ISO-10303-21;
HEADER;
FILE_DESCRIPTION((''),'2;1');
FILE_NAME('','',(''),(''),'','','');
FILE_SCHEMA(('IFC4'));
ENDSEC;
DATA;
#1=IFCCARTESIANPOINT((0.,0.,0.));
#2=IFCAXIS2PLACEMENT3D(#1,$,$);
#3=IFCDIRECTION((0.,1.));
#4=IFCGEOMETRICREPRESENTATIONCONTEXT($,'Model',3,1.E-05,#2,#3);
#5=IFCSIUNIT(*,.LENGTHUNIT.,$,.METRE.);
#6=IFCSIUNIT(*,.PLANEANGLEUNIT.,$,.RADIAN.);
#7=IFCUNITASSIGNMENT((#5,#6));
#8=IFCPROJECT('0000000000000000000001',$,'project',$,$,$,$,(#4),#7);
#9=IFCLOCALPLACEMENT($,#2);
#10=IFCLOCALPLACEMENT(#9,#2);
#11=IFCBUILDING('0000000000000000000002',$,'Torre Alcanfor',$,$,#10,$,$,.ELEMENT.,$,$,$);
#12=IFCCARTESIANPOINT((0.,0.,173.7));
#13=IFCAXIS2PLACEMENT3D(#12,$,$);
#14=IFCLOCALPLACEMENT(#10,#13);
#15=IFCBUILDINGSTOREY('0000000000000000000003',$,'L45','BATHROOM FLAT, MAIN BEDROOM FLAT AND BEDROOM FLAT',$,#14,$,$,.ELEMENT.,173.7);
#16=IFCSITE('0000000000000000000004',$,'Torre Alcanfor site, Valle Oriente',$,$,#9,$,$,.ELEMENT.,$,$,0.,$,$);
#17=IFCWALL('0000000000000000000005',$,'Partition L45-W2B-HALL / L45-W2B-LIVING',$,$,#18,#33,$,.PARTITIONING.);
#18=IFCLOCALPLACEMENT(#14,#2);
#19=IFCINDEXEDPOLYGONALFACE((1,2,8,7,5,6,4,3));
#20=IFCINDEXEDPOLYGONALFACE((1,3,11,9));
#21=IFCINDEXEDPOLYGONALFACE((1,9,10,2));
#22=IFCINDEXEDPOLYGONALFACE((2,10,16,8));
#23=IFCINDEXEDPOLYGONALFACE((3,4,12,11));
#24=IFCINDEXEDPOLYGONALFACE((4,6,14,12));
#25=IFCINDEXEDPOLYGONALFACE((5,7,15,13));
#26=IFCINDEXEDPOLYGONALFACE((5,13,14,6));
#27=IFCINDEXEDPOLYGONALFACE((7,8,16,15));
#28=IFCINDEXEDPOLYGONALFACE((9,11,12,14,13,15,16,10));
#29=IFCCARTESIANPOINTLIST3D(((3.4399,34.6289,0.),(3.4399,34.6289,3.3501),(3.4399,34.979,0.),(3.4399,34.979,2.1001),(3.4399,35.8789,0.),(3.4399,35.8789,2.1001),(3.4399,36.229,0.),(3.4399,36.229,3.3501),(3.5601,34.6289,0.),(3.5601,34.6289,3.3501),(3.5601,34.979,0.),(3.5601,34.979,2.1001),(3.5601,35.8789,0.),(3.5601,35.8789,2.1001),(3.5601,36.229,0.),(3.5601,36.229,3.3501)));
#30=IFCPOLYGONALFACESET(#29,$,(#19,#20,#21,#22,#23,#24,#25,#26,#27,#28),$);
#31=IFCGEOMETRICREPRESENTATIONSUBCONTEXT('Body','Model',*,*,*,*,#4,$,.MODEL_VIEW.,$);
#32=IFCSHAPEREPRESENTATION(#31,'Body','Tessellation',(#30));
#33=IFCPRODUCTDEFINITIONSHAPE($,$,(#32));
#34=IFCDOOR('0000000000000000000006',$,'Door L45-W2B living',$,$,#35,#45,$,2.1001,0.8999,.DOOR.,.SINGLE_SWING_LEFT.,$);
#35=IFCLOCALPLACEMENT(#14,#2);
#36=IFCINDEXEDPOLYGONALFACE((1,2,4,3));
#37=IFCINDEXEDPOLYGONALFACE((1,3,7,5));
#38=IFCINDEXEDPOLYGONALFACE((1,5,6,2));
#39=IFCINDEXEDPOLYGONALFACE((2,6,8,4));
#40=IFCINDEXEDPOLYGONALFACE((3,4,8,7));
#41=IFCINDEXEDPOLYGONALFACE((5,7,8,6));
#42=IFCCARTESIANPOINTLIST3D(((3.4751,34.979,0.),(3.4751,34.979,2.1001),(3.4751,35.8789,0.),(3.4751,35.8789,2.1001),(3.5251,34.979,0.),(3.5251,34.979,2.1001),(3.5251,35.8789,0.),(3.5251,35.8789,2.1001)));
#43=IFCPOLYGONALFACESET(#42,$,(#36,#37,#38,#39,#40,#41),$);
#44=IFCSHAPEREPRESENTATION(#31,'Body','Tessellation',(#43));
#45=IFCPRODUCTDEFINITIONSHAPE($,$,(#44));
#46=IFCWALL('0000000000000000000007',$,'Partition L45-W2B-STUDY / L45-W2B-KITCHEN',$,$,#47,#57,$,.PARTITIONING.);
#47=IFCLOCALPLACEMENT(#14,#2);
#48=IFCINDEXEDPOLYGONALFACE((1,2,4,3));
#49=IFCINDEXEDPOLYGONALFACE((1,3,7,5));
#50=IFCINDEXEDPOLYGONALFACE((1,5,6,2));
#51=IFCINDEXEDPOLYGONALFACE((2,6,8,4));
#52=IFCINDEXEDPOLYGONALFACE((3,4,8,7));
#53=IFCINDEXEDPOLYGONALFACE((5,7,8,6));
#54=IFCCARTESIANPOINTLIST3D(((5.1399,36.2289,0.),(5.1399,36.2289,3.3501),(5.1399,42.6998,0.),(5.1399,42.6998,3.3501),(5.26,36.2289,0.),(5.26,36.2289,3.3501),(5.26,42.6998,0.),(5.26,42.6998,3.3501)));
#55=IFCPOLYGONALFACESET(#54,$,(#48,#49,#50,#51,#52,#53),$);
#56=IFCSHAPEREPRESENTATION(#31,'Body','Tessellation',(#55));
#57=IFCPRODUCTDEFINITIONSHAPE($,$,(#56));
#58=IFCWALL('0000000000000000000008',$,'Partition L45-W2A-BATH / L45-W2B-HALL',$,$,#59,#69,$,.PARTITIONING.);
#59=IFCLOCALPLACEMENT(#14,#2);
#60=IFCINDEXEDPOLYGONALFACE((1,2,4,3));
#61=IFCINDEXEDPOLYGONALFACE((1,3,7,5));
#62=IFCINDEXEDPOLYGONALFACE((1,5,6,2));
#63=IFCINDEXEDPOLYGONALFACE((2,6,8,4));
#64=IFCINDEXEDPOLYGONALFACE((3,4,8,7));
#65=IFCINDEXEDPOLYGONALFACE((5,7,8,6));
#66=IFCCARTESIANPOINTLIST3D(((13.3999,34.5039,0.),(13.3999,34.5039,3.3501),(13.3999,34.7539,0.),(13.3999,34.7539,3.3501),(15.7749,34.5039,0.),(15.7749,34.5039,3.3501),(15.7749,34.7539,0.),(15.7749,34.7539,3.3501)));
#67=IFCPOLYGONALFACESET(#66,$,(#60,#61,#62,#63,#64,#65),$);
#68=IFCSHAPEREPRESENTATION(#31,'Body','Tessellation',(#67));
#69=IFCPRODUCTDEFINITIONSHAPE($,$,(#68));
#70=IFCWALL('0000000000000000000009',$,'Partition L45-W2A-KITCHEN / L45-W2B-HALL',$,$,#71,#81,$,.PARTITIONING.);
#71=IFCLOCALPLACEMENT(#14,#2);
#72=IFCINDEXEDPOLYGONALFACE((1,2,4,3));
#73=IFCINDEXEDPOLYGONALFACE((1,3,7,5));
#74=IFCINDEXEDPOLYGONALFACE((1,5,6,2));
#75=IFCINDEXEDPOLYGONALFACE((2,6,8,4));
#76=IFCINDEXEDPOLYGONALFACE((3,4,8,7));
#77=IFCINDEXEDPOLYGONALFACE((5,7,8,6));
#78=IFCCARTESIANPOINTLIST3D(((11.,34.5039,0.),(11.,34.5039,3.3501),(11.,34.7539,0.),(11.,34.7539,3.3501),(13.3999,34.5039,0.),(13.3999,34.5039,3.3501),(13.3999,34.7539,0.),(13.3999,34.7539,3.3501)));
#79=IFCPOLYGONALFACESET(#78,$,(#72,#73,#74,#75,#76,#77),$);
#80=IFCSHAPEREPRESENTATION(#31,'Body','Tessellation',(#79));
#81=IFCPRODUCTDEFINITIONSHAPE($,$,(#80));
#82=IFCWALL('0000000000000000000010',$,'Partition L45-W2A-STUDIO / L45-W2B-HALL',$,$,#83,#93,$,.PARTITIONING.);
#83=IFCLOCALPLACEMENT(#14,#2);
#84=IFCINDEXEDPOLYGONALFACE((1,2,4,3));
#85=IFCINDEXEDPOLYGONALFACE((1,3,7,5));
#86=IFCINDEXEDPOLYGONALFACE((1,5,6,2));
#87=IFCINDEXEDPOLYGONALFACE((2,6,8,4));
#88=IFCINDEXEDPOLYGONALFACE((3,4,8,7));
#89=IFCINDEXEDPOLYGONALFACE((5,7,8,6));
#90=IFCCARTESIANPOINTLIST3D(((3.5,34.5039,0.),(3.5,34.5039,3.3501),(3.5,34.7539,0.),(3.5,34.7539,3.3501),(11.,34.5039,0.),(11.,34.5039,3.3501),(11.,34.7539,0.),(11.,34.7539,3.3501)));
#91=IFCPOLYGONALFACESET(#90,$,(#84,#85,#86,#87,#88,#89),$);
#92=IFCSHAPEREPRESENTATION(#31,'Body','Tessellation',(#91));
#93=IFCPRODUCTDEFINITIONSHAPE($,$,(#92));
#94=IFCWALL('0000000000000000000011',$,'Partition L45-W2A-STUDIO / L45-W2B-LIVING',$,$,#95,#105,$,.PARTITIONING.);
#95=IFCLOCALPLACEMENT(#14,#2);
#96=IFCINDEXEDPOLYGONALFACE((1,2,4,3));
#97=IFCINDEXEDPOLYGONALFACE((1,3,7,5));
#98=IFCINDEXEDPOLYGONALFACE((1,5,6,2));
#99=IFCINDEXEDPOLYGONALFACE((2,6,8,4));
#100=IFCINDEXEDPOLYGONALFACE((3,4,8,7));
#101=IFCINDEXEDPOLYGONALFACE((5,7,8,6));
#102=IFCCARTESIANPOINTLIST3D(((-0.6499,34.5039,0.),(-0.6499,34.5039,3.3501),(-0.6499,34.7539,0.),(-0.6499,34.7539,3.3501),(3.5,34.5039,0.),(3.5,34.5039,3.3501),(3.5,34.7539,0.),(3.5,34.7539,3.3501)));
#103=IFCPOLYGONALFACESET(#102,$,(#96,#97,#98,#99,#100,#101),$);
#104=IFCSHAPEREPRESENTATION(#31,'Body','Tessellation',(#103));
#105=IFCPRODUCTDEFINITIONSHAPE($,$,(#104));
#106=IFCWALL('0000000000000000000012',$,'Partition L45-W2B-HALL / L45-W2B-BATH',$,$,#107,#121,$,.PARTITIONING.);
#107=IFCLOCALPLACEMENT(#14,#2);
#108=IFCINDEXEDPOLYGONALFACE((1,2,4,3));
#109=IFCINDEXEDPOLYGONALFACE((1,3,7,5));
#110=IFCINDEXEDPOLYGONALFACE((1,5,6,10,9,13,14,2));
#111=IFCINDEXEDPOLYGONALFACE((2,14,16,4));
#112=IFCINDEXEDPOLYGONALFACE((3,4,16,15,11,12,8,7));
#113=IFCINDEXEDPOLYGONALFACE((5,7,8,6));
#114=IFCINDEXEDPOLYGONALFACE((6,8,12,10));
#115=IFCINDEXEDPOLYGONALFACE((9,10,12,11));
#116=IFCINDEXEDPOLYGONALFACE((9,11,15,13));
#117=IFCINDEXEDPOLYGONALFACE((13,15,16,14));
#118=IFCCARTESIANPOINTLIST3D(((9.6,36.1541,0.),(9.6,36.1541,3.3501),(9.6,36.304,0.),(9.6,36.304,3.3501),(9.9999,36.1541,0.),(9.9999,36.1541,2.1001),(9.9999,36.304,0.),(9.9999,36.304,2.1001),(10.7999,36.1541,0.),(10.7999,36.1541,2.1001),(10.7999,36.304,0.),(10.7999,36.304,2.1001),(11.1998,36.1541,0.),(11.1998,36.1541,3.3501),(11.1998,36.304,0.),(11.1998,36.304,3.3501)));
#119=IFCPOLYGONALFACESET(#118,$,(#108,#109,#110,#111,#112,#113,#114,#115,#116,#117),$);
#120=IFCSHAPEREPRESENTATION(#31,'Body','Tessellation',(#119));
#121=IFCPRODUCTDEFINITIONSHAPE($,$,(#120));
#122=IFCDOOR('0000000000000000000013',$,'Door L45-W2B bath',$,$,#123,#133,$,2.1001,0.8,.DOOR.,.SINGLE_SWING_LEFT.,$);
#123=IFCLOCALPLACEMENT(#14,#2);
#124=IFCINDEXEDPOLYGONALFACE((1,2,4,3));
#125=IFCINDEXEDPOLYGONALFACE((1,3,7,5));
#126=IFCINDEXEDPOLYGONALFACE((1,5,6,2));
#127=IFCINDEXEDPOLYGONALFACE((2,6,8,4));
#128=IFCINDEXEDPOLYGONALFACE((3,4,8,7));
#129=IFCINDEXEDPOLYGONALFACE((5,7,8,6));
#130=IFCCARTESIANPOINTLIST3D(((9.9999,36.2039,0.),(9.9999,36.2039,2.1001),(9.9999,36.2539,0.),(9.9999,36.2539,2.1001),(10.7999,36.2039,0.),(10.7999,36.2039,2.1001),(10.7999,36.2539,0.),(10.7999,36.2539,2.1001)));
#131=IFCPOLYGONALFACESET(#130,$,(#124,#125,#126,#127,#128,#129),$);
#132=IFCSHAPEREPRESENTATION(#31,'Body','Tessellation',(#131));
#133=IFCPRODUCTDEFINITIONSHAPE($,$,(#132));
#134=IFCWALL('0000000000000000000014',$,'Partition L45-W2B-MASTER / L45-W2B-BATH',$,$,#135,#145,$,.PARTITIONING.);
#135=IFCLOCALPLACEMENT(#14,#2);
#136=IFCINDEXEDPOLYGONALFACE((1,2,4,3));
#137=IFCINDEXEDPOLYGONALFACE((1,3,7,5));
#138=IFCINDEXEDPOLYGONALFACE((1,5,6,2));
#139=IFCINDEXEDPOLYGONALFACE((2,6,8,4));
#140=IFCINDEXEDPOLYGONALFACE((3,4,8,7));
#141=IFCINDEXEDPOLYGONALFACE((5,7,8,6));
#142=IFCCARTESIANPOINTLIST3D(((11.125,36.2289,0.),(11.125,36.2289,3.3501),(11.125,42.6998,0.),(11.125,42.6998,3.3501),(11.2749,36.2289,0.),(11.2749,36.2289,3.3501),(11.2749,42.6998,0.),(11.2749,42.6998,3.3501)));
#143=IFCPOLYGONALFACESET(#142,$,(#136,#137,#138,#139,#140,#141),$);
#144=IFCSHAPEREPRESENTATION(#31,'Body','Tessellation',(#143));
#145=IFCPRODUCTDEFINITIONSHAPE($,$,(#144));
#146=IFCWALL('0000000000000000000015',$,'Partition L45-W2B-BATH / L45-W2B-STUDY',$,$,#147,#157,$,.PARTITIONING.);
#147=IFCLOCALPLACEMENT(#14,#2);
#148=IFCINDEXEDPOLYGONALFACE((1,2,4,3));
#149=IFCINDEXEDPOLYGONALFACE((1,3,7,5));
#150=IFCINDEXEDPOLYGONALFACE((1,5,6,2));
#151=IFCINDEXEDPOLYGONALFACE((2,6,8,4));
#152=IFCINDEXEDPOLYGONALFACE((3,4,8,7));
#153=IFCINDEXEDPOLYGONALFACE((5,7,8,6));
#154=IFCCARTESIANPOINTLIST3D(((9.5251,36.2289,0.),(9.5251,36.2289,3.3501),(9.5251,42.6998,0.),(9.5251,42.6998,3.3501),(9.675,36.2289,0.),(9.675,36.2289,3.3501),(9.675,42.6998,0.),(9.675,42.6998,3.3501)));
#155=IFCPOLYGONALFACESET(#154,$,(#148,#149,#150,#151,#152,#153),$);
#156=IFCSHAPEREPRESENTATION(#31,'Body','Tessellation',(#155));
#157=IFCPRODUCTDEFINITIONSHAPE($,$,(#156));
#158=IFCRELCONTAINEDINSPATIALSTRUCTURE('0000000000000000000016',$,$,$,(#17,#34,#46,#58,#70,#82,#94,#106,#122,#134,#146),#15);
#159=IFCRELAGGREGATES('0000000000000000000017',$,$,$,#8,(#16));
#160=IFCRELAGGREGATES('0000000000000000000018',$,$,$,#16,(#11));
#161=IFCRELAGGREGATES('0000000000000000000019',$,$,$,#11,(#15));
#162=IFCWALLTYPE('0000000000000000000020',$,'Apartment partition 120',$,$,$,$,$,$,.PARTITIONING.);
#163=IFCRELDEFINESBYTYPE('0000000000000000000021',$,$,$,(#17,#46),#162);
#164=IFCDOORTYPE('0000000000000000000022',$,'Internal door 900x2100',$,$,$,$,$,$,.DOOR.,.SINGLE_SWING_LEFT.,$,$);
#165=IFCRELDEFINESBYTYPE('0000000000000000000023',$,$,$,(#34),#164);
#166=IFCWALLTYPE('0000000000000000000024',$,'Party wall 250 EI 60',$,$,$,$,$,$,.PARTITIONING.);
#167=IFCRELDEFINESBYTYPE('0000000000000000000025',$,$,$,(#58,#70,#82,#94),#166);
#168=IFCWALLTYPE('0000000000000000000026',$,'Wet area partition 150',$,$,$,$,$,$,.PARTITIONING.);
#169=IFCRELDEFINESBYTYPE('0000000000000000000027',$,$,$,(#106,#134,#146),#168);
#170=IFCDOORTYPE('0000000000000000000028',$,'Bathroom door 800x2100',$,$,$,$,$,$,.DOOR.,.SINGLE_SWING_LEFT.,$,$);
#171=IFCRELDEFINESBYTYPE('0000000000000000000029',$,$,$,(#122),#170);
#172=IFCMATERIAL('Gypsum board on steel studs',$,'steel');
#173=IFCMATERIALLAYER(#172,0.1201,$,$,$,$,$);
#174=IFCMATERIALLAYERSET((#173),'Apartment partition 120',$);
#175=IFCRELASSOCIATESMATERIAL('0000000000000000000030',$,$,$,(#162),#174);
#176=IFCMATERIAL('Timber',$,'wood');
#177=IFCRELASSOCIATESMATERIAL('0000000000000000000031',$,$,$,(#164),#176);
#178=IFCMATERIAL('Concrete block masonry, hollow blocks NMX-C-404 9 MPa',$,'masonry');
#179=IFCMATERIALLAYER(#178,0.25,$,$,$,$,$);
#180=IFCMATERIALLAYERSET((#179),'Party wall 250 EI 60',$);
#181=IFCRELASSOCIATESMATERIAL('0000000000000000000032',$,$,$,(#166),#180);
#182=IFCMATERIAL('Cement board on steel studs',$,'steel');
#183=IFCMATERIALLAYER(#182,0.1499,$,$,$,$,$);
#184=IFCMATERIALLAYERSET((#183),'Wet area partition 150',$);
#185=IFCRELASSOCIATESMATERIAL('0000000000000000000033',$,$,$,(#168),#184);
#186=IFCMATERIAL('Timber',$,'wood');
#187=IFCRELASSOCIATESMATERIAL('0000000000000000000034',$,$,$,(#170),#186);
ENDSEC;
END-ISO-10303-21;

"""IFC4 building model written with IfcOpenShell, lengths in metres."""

from ifc_helpers import new_model, si_unit, direction, frame, frame_2d, origin, place, context, subcontext, project, spatial, rectangle, extrude, material, layer, layer_set, type_object, element, fill, save


model = new_model("IFC4")

# Units and contexts
model_context = context("Model", 3, precision=1e-05, world=origin(), true_north=direction((0.0, 1.0)))
body_context = subcontext(model_context, "Body", "Model", "MODEL_VIEW")
ifc_project = project(units=[si_unit("LENGTHUNIT", "METRE"), si_unit("PLANEANGLEUNIT", "RADIAN")], contexts=[model_context])

# Site, building, storey
site_placement = place(None, origin())
site = spatial("IfcSite", under=ifc_project, at=site_placement, Name="Torre Alcanfor site, Valle Oriente", CompositionType="ELEMENT", RefElevation=0.0)
building_placement = place(site_placement, origin())
building = spatial("IfcBuilding", under=site, at=building_placement, Name="Torre Alcanfor", CompositionType="ELEMENT")
storey_placement = place(building_placement, frame((0.0, 0.0, 173.7)))
storey = spatial("IfcBuildingStorey", under=building, at=storey_placement, Name="L45", Description="BATHROOM FLAT, MAIN BEDROOM FLAT AND BEDROOM FLAT", CompositionType="ELEMENT", Elevation=173.7)

# Shared definitions
ifc_material_1 = material(Name="Gypsum board on steel studs", Category="steel")
ifc_layer_1 = layer(ifc_material_1, 0.1201)
ifc_layer_set_1 = layer_set([ifc_layer_1], Name="Apartment partition 120")
wall_type_1 = type_object("IfcWallType", Name="Apartment partition 120", PredefinedType="PARTITIONING", material=ifc_layer_set_1)
ifc_material_2 = material(Name="Timber", Category="wood")
door_type_1 = type_object("IfcDoorType", Name="Internal door 900x2100", OperationType="SINGLE_SWING_LEFT", PredefinedType="DOOR", material=ifc_material_2)

# Wall, opening, door
wall_1_placement = place(storey_placement, frame((3.5, 34.6289, 0.0), z_axis=(0.0, 0.0, 1.0), x_axis=(0.0, 1.0, 0.0)))
wall_1 = element("IfcWall", 1, at=wall_1_placement, inside=storey, type_object=wall_type_1, Name="Partition L45-W2B-HALL / L45-W2B-LIVING", PredefinedType="PARTITIONING", context=body_context, shape_type="SweptSolid", body=[
    extrude(rectangle(XDim=1.6001, YDim=0.1201, at=frame_2d((0.8, 0.0))), origin(), (0.0, 0.0, 1.0), 3.3501),
])
opening_1_placement = place(wall_1_placement, frame((0.3501, 0.0, 0.0)))
opening_1 = element("IfcOpeningElement", 2, at=opening_1_placement, cuts=wall_1, PredefinedType="OPENING", context=body_context, shape_type="SweptSolid", body=[
    extrude(rectangle(XDim=0.8999, YDim=2.1001, at=frame_2d((0.45, 1.05))), frame((0.0, 0.0701, 0.0), z_axis=(0.0, -1.0, 0.0), x_axis=(1.0, 0.0, 0.0)), (0.0, 0.0, 1.0), 0.1401),
])
door_1_placement = place(opening_1_placement, origin())
door_1 = element("IfcDoor", 3, at=door_1_placement, inside=storey, type_object=door_type_1, Name="Door L45-W2B living", OperationType="SINGLE_SWING_LEFT", OverallHeight=2.1001, OverallWidth=0.8999, PredefinedType="DOOR", context=body_context, shape_type="SweptSolid", body=[
    extrude(rectangle(XDim=0.8999, YDim=2.1001, at=frame_2d((0.45, 1.05))), frame((0.0, 0.0249, 0.0), z_axis=(0.0, -1.0, 0.0), x_axis=(1.0, 0.0, 0.0)), (0.0, 0.0, 1.0), 0.05),
])
fill(opening_1, door_1)

# Walls
wall_2_placement = place(storey_placement, frame((5.2, 36.229, 0.0), z_axis=(0.0, 0.0, 1.0), x_axis=(0.0, 1.0, 0.0)))
element("IfcWall", 4, at=wall_2_placement, inside=storey, type_object=wall_type_1, Name="Partition L45-W2B-STUDY / L45-W2B-KITCHEN", PredefinedType="PARTITIONING", context=body_context, shape_type="SweptSolid", body=[
    extrude(rectangle(XDim=6.4709, YDim=0.1201, at=frame_2d((3.2354, 0.0))), origin(), (0.0, 0.0, 1.0), 3.3501),
])
ifc_material_3 = material(Name="Concrete block masonry, hollow blocks NMX-C-404 9 MPa", Category="masonry")
ifc_layer_2 = layer(ifc_material_3, 0.25)
ifc_layer_set_2 = layer_set([ifc_layer_2], Name="Party wall 250 EI 60")
wall_type_2 = type_object("IfcWallType", Name="Party wall 250 EI 60", PredefinedType="PARTITIONING", material=ifc_layer_set_2)
wall_3_placement = place(storey_placement, frame((13.3999, 34.6289, 0.0), z_axis=(0.0, 0.0, 1.0), x_axis=(1.0, 0.0, 0.0)))
element("IfcWall", 5, at=wall_3_placement, inside=storey, type_object=wall_type_2, Name="Partition L45-W2A-BATH / L45-W2B-HALL", PredefinedType="PARTITIONING", context=body_context, shape_type="SweptSolid", body=[
    extrude(rectangle(XDim=2.375, YDim=0.25, at=frame_2d((1.1875, 0.0))), origin(), (0.0, 0.0, 1.0), 3.3501),
])
wall_4_placement = place(storey_placement, frame((11.0, 34.6289, 0.0), z_axis=(0.0, 0.0, 1.0), x_axis=(1.0, 0.0, 0.0)))
element("IfcWall", 6, at=wall_4_placement, inside=storey, type_object=wall_type_2, Name="Partition L45-W2A-KITCHEN / L45-W2B-HALL", PredefinedType="PARTITIONING", context=body_context, shape_type="SweptSolid", body=[
    extrude(rectangle(XDim=2.3999, YDim=0.25, at=frame_2d((1.2, 0.0))), origin(), (0.0, 0.0, 1.0), 3.3501),
])
wall_5_placement = place(storey_placement, frame((3.5, 34.6289, 0.0), z_axis=(0.0, 0.0, 1.0), x_axis=(1.0, 0.0, 0.0)))
element("IfcWall", 7, at=wall_5_placement, inside=storey, type_object=wall_type_2, Name="Partition L45-W2A-STUDIO / L45-W2B-HALL", PredefinedType="PARTITIONING", context=body_context, shape_type="SweptSolid", body=[
    extrude(rectangle(XDim=7.5, YDim=0.25, at=frame_2d((3.75, 0.0))), origin(), (0.0, 0.0, 1.0), 3.3501),
])
wall_6_placement = place(storey_placement, frame((-0.6499, 34.6289, 0.0), z_axis=(0.0, 0.0, 1.0), x_axis=(1.0, 0.0, 0.0)))
element("IfcWall", 8, at=wall_6_placement, inside=storey, type_object=wall_type_2, Name="Partition L45-W2A-STUDIO / L45-W2B-LIVING", PredefinedType="PARTITIONING", context=body_context, shape_type="SweptSolid", body=[
    extrude(rectangle(XDim=4.1499, YDim=0.25, at=frame_2d((2.075, 0.0))), origin(), (0.0, 0.0, 1.0), 3.3501),
])

# Wall, opening, door
ifc_material_4 = material(Name="Cement board on steel studs", Category="steel")
ifc_layer_3 = layer(ifc_material_4, 0.1499)
ifc_layer_set_3 = layer_set([ifc_layer_3], Name="Wet area partition 150")
wall_type_3 = type_object("IfcWallType", Name="Wet area partition 150", PredefinedType="PARTITIONING", material=ifc_layer_set_3)
wall_7_placement = place(storey_placement, frame((9.6001, 36.229, 0.0), z_axis=(0.0, 0.0, 1.0), x_axis=(1.0, 0.0, 0.0)))
wall_7 = element("IfcWall", 9, at=wall_7_placement, inside=storey, type_object=wall_type_3, Name="Partition L45-W2B-HALL / L45-W2B-BATH", PredefinedType="PARTITIONING", context=body_context, shape_type="SweptSolid", body=[
    extrude(rectangle(XDim=1.5999, YDim=0.1499, at=frame_2d((0.7998, 0.0))), origin(), (0.0, 0.0, 1.0), 3.3501),
])
opening_2_placement = place(wall_7_placement, frame((0.3999, 0.0, 0.0)))
opening_2 = element("IfcOpeningElement", 10, at=opening_2_placement, cuts=wall_7, PredefinedType="OPENING", context=body_context, shape_type="SweptSolid", body=[
    extrude(rectangle(XDim=0.8, YDim=2.1001, at=frame_2d((0.3999, 1.05))), frame((0.0, 0.085, 0.0), z_axis=(0.0, -1.0, 0.0), x_axis=(1.0, 0.0, 0.0)), (0.0, 0.0, 1.0), 0.1699),
])
ifc_material_5 = material(Name="Timber", Category="wood")
door_type_2 = type_object("IfcDoorType", Name="Bathroom door 800x2100", OperationType="SINGLE_SWING_LEFT", PredefinedType="DOOR", material=ifc_material_5)
door_2_placement = place(opening_2_placement, origin())
door_2 = element("IfcDoor", 11, at=door_2_placement, inside=storey, type_object=door_type_2, Name="Door L45-W2B bath", OperationType="SINGLE_SWING_LEFT", OverallHeight=2.1001, OverallWidth=0.8, PredefinedType="DOOR", context=body_context, shape_type="SweptSolid", body=[
    extrude(rectangle(XDim=0.8, YDim=2.1001, at=frame_2d((0.3999, 1.05))), frame((0.0, 0.0249, 0.0), z_axis=(0.0, -1.0, 0.0), x_axis=(1.0, 0.0, 0.0)), (0.0, 0.0, 1.0), 0.05),
])
fill(opening_2, door_2)

# Walls
for number, where, z_axis, x_axis, name in (
    (12, (11.2, 36.229, 0.0), (0.0, 0.0, 1.0), (0.0, 1.0, 0.0), "Partition L45-W2B-MASTER / L45-W2B-BATH"),
    (13, (9.6001, 36.229, 0.0), (0.0, 0.0, 1.0), (0.0, 1.0, 0.0), "Partition L45-W2B-BATH / L45-W2B-STUDY"),
):
    element("IfcWall", number, at=place(storey_placement, frame(where, z_axis=z_axis, x_axis=x_axis)), inside=storey, type_object=wall_type_3, Name=name, PredefinedType="PARTITIONING", context=body_context, shape_type="SweptSolid", body=[
        extrude(rectangle(XDim=6.4709, YDim=0.1499, at=frame_2d((3.2354, 0.0))), origin(), (0.0, 0.0, 1.0), 3.3501),
    ])

save(model, "model.ifc")
